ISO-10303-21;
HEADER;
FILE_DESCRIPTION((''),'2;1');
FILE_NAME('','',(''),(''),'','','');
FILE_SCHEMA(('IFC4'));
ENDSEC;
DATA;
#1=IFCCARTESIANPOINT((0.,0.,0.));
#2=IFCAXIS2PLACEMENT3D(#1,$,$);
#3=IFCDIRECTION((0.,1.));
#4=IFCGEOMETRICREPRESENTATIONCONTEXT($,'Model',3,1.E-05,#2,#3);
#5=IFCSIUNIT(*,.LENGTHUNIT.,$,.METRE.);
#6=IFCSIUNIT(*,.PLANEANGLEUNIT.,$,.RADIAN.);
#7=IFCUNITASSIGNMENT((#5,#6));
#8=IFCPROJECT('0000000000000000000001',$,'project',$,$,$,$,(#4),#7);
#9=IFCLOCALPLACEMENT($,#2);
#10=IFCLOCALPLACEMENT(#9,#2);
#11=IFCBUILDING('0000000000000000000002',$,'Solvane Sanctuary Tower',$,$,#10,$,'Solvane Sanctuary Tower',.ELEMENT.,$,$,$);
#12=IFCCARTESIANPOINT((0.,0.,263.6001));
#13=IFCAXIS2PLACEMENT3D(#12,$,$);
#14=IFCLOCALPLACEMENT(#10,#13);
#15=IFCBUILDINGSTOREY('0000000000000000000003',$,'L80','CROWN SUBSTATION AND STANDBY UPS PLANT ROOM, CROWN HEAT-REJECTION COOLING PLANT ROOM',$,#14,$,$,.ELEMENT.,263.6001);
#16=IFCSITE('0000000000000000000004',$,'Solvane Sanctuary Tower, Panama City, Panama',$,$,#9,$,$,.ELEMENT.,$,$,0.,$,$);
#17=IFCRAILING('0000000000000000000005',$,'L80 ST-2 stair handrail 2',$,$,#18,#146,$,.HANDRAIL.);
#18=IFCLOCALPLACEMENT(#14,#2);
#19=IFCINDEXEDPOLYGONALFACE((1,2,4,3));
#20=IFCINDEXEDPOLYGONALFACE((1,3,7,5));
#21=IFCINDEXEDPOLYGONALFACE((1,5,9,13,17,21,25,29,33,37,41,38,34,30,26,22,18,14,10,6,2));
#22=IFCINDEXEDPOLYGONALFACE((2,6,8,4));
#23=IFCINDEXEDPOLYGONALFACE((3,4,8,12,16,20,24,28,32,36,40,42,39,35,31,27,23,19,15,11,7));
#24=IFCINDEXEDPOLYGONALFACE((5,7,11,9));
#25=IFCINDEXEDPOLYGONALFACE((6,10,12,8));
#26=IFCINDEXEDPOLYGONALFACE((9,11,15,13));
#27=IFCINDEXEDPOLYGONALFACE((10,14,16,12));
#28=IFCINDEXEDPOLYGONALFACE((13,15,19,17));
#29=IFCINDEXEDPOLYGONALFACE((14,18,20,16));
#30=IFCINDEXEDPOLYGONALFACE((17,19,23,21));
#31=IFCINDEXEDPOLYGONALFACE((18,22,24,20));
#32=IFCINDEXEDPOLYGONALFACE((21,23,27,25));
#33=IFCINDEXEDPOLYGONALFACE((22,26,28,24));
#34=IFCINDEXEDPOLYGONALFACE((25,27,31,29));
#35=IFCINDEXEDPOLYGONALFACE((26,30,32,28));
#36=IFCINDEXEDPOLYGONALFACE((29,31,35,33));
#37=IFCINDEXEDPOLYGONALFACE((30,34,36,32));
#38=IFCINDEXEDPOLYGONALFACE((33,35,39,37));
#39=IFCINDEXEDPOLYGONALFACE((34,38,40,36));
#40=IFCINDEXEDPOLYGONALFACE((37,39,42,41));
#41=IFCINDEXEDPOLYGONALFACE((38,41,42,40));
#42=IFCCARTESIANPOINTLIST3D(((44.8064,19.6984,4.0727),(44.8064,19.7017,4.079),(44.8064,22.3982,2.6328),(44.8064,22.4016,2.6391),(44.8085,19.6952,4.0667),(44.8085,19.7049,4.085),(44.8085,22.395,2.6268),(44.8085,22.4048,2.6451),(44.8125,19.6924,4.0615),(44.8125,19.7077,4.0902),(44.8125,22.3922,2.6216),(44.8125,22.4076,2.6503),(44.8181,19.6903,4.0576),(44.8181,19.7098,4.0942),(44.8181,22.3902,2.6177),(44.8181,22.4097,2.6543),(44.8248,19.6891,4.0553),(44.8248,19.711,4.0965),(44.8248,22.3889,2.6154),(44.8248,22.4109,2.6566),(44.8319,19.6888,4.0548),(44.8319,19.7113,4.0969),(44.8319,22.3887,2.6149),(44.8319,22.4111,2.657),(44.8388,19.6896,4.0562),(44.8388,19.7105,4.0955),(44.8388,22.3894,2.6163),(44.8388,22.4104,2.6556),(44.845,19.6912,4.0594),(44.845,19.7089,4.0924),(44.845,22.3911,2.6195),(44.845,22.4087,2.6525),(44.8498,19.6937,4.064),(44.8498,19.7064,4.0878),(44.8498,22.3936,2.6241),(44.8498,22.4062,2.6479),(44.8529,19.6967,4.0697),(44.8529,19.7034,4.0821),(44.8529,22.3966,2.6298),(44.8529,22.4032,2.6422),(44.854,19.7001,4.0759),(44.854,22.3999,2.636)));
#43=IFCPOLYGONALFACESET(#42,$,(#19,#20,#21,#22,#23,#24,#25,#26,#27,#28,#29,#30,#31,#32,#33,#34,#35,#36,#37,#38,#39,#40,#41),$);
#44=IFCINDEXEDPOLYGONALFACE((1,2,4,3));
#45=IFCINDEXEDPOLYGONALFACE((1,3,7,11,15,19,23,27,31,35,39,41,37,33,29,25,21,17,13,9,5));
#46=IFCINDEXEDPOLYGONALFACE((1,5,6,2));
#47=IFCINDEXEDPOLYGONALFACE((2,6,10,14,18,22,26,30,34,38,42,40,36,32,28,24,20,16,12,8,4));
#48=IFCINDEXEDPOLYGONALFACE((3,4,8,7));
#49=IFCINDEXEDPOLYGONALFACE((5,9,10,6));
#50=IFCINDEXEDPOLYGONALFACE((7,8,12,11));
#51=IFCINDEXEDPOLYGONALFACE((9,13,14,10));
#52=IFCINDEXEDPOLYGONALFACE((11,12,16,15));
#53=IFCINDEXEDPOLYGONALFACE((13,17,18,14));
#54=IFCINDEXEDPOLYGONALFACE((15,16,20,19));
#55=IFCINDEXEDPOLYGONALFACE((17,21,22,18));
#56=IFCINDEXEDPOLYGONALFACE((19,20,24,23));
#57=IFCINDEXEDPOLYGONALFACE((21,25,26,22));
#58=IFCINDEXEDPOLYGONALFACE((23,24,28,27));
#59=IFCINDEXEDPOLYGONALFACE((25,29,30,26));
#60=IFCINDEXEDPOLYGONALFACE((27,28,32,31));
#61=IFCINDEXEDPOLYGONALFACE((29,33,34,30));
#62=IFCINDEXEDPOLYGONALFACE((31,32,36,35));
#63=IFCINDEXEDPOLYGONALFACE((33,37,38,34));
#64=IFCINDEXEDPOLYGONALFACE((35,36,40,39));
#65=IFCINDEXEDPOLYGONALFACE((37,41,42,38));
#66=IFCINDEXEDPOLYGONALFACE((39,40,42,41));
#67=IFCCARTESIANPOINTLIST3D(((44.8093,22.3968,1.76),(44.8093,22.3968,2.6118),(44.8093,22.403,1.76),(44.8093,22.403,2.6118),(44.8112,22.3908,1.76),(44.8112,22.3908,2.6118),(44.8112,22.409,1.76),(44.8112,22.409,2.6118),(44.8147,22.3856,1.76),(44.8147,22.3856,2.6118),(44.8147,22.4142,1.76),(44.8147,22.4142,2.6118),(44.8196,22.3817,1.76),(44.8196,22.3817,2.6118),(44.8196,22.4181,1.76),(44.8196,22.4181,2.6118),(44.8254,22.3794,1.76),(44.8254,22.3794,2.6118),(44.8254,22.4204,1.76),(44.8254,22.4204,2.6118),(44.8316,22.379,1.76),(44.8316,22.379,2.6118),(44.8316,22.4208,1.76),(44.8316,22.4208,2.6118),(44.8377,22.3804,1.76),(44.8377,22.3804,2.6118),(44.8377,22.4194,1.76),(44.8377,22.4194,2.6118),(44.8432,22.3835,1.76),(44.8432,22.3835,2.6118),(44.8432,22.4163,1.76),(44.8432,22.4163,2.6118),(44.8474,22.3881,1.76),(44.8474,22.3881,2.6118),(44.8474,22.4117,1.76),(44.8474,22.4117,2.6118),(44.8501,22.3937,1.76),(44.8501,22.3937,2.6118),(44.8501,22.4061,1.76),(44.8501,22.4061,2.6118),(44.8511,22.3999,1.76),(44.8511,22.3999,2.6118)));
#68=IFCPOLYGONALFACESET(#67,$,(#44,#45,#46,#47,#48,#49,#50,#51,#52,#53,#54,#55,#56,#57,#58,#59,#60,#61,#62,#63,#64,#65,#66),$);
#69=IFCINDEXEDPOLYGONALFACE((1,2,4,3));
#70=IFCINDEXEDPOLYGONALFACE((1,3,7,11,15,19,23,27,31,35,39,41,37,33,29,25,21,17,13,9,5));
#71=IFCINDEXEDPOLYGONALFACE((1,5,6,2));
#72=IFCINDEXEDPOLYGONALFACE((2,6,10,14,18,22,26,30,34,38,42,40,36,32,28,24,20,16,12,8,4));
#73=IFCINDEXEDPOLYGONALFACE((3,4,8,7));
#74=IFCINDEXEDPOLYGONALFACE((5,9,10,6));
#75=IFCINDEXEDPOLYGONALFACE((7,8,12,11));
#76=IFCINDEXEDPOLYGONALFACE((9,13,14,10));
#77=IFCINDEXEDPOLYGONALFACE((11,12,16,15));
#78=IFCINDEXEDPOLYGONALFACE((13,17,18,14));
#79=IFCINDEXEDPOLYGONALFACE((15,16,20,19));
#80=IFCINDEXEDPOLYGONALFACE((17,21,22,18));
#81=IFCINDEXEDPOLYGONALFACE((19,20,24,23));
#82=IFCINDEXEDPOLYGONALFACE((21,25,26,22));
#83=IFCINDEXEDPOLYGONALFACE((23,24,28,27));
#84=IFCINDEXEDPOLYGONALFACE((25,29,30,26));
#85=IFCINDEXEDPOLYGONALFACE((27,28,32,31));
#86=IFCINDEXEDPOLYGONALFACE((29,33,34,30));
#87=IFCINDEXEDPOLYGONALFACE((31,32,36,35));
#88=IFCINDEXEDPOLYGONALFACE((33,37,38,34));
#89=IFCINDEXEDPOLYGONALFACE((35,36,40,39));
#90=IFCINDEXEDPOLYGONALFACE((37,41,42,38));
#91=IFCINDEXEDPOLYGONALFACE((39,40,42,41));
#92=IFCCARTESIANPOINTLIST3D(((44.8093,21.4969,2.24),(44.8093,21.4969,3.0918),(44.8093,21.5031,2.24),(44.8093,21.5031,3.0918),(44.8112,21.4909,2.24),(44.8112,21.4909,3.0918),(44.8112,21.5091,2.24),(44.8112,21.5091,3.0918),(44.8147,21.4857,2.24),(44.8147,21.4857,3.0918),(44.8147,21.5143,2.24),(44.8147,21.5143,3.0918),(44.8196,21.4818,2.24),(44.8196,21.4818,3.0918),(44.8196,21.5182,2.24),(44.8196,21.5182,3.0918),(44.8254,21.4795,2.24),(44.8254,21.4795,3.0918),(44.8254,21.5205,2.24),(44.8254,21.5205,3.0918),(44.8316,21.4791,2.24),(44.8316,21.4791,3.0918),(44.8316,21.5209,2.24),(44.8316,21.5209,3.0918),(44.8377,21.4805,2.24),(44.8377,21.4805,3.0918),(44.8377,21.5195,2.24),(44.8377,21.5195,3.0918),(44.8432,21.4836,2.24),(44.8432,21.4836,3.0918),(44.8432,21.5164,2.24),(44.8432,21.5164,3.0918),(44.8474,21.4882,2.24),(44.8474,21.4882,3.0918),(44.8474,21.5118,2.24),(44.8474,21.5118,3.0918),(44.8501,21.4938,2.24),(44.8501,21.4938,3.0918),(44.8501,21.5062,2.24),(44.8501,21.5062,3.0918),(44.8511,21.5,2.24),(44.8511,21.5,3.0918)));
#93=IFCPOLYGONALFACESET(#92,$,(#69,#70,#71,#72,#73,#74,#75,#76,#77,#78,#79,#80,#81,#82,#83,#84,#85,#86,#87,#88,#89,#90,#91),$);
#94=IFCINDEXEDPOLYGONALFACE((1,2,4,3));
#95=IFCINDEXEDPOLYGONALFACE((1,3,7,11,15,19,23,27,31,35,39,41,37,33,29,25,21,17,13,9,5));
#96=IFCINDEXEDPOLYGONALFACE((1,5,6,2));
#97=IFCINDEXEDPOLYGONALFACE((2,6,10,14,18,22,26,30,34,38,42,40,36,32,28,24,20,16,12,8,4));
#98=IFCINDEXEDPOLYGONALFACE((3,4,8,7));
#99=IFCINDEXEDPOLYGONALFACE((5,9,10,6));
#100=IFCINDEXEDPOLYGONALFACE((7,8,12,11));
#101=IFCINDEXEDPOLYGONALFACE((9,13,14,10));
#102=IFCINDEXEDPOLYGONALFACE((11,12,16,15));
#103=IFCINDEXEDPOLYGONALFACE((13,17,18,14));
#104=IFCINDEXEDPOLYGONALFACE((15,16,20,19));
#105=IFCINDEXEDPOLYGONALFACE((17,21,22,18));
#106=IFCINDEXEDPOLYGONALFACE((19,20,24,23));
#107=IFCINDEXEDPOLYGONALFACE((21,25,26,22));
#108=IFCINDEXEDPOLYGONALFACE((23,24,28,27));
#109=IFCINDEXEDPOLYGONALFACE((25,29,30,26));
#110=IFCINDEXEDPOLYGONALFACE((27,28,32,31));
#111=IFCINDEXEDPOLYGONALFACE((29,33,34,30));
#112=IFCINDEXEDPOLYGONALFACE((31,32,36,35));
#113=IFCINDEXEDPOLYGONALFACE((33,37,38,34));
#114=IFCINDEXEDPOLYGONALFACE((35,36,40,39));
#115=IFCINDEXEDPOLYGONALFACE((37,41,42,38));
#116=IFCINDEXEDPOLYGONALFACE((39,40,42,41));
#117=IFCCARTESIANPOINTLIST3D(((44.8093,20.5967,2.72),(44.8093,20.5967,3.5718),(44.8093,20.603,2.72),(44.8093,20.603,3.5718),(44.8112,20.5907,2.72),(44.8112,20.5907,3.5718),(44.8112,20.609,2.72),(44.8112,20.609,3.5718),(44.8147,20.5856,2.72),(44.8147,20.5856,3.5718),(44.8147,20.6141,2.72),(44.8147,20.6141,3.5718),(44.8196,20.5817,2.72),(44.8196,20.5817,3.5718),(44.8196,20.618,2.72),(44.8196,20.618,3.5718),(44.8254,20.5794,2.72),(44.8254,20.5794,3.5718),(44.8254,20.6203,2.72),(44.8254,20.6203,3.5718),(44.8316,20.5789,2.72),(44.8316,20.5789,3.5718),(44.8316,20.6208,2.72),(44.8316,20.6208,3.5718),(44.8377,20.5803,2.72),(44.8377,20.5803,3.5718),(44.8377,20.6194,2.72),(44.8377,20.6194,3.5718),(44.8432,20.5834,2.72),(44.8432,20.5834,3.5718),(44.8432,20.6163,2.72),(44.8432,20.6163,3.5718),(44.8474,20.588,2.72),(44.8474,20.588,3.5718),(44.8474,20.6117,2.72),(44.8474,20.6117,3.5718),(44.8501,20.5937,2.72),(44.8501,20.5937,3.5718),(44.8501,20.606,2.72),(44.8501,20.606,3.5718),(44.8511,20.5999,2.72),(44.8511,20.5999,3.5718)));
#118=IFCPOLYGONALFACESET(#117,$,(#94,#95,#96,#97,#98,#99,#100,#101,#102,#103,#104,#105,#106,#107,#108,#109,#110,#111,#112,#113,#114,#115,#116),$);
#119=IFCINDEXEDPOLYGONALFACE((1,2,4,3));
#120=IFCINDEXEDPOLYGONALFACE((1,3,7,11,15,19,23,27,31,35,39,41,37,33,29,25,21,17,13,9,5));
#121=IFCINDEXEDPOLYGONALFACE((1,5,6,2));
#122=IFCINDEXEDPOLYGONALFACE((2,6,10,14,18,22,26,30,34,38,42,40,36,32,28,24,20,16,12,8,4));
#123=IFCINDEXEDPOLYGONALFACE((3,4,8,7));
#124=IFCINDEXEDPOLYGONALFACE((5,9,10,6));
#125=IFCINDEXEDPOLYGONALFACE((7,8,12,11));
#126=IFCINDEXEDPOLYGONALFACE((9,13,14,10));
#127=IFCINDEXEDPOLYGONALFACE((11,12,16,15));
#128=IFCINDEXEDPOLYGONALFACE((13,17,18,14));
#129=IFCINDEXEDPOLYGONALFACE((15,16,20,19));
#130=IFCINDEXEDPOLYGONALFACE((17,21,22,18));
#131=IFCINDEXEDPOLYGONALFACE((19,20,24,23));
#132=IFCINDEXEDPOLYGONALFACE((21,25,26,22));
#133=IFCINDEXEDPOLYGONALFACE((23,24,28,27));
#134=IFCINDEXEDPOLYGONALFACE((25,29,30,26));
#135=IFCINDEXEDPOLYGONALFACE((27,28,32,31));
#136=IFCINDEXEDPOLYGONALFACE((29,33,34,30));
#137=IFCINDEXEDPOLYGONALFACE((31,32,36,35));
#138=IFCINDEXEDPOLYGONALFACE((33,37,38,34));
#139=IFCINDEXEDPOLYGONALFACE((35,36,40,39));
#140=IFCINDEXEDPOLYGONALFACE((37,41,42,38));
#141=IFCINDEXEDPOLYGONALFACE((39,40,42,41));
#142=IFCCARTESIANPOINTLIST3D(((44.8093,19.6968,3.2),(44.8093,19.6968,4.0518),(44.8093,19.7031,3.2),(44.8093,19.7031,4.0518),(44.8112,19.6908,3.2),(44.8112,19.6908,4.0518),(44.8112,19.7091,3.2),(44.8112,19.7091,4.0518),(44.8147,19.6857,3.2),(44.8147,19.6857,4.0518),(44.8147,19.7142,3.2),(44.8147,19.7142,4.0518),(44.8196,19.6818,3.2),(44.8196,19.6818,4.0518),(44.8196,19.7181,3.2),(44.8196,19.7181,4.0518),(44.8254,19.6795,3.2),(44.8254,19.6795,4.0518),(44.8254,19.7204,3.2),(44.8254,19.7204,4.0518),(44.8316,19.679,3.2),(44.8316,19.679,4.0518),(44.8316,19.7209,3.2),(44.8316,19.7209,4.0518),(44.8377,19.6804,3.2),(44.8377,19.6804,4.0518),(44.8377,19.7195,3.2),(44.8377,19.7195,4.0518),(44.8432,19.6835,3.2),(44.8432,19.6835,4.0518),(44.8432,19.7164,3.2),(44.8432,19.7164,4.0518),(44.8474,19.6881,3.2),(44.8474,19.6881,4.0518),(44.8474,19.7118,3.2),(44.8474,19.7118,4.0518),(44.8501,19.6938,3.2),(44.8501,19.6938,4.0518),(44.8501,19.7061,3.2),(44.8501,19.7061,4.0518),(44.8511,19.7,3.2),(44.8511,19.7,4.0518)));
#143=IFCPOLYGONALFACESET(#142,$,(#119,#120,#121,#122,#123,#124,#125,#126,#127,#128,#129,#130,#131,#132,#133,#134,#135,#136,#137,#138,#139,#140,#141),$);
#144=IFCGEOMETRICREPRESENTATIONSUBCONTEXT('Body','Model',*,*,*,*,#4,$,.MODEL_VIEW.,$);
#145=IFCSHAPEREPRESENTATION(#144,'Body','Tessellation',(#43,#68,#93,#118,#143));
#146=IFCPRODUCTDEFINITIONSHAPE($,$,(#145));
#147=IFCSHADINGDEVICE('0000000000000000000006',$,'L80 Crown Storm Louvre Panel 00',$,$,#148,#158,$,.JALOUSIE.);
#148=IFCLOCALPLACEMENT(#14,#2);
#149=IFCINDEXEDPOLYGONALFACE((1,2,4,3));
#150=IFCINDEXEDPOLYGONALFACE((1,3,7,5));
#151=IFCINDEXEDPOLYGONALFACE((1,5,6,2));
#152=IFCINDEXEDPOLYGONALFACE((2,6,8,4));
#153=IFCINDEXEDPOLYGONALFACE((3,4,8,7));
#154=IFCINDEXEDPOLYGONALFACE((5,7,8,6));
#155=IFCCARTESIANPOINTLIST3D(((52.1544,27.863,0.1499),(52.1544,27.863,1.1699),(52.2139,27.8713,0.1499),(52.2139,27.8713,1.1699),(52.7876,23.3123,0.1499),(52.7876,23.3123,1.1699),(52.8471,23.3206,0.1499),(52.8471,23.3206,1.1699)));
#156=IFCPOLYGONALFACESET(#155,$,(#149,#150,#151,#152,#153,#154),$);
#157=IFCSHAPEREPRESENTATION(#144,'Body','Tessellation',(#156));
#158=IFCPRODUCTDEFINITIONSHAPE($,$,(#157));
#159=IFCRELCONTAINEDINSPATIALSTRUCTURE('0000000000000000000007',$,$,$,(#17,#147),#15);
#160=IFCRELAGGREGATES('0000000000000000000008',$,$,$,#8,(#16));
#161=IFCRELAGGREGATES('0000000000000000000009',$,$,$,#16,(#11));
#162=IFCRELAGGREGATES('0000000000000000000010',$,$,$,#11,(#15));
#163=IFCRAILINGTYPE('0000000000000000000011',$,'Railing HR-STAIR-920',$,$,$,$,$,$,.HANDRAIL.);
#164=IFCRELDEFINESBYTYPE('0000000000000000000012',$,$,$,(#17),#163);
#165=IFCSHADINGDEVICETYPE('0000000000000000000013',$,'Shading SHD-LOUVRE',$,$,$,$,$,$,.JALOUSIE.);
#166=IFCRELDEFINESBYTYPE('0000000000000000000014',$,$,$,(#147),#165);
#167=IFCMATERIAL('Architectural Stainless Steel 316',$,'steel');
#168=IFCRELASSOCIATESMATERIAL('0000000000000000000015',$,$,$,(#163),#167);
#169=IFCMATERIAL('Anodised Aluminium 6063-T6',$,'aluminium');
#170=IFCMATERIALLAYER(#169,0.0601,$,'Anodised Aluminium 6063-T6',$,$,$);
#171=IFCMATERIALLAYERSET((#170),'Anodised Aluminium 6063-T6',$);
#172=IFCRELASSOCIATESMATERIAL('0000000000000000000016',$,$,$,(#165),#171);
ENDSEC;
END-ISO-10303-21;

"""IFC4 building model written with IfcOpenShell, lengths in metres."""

from ifc_helpers import new_model, si_unit, direction, frame, origin, origin_2d, place, context, subcontext, project, spatial, rectangle, circle, extrude, material, layer, layer_set, type_object, element, save


model = new_model("IFC4")

# Units and contexts
model_context = context("Model", 3, precision=1e-05, world=origin(), true_north=direction((0.0, 1.0)))
body_context = subcontext(model_context, "Body", "Model", "MODEL_VIEW")
ifc_project = project(units=[si_unit("LENGTHUNIT", "METRE"), si_unit("PLANEANGLEUNIT", "RADIAN")], contexts=[model_context])

# Site, building, storey
site_placement = place(None, origin())
site = spatial("IfcSite", under=ifc_project, at=site_placement, Name="Solvane Sanctuary Tower, Panama City, Panama", CompositionType="ELEMENT", RefElevation=0.0)
building_placement = place(site_placement, origin())
building = spatial("IfcBuilding", under=site, at=building_placement, Name="Solvane Sanctuary Tower", LongName="Solvane Sanctuary Tower", CompositionType="ELEMENT")
storey_placement = place(building_placement, frame((0.0, 0.0, 263.6001)))
storey = spatial("IfcBuildingStorey", under=building, at=storey_placement, Name="L80", Description="CROWN SUBSTATION AND STANDBY UPS PLANT ROOM, CROWN HEAT-REJECTION COOLING PLANT ROOM", CompositionType="ELEMENT", Elevation=263.6001)

# Shared definitions
ifc_material_1 = material(Name="Anodised Aluminium 6063-T6", Category="aluminium")

# Shared definitions
ifc_material_2 = material(Name="Architectural Stainless Steel 316", Category="steel")

# Railing
railing_type_1 = type_object("IfcRailingType", Name="Railing HR-STAIR-920", PredefinedType="HANDRAIL", material=ifc_material_2)
railing_1_placement = place(storey_placement, frame((44.8301, 22.3999, 1.76)))
element("IfcRailing", 1, at=railing_1_placement, inside=storey, type_object=railing_type_1, Name="L80 ST-2 stair handrail 2", PredefinedType="HANDRAIL", context=body_context, shape_type="SweptSolid", body=[
    extrude(circle(Radius=0.0239, at=origin_2d()), frame((0.0, 0.0, 0.876), z_axis=(0.0, -0.882357, 0.47058), x_axis=(1.0, 0.0, 0.0)), (0.0, 0.0, 1.0), 3.0598),
    extrude(circle(Radius=0.021, at=origin_2d()), origin(), (0.0, 0.0, 1.0), 0.8518),
    extrude(circle(Radius=0.021, at=origin_2d()), frame((0.0, -0.8999, 0.48)), (0.0, 0.0, 1.0), 0.8518),
    extrude(circle(Radius=0.021, at=origin_2d()), frame((0.0, -1.8, 0.96)), (0.0, 0.0, 1.0), 0.8518),
    extrude(circle(Radius=0.021, at=origin_2d()), frame((0.0, -2.7, 1.4399)), (0.0, 0.0, 1.0), 0.8518),
])

# Shading device
ifc_layer_1 = layer(ifc_material_1, 0.0601, Name="Anodised Aluminium 6063-T6")
ifc_layer_set_1 = layer_set([ifc_layer_1], Name="Anodised Aluminium 6063-T6")
shading_device_type = type_object("IfcShadingDeviceType", Name="Shading SHD-LOUVRE", PredefinedType="JALOUSIE", material=ifc_layer_set_1)
shading_device_placement = place(storey_placement, frame((52.5007, 25.5918, 0.1499), z_axis=(0.0, 0.0, 1.0), x_axis=(-0.137816, 0.990458, 0.0)))
element("IfcShadingDevice", 2, at=shading_device_placement, inside=storey, type_object=shading_device_type, Name="L80 Crown Storm Louvre Panel 00", PredefinedType="JALOUSIE", context=body_context, shape_type="SweptSolid", body=[
    extrude(rectangle(XDim=4.5945, YDim=0.0601, at=origin_2d()), origin(), (0.0, 0.0, 1.0), 1.02),
])

save(model, "model.ifc")
